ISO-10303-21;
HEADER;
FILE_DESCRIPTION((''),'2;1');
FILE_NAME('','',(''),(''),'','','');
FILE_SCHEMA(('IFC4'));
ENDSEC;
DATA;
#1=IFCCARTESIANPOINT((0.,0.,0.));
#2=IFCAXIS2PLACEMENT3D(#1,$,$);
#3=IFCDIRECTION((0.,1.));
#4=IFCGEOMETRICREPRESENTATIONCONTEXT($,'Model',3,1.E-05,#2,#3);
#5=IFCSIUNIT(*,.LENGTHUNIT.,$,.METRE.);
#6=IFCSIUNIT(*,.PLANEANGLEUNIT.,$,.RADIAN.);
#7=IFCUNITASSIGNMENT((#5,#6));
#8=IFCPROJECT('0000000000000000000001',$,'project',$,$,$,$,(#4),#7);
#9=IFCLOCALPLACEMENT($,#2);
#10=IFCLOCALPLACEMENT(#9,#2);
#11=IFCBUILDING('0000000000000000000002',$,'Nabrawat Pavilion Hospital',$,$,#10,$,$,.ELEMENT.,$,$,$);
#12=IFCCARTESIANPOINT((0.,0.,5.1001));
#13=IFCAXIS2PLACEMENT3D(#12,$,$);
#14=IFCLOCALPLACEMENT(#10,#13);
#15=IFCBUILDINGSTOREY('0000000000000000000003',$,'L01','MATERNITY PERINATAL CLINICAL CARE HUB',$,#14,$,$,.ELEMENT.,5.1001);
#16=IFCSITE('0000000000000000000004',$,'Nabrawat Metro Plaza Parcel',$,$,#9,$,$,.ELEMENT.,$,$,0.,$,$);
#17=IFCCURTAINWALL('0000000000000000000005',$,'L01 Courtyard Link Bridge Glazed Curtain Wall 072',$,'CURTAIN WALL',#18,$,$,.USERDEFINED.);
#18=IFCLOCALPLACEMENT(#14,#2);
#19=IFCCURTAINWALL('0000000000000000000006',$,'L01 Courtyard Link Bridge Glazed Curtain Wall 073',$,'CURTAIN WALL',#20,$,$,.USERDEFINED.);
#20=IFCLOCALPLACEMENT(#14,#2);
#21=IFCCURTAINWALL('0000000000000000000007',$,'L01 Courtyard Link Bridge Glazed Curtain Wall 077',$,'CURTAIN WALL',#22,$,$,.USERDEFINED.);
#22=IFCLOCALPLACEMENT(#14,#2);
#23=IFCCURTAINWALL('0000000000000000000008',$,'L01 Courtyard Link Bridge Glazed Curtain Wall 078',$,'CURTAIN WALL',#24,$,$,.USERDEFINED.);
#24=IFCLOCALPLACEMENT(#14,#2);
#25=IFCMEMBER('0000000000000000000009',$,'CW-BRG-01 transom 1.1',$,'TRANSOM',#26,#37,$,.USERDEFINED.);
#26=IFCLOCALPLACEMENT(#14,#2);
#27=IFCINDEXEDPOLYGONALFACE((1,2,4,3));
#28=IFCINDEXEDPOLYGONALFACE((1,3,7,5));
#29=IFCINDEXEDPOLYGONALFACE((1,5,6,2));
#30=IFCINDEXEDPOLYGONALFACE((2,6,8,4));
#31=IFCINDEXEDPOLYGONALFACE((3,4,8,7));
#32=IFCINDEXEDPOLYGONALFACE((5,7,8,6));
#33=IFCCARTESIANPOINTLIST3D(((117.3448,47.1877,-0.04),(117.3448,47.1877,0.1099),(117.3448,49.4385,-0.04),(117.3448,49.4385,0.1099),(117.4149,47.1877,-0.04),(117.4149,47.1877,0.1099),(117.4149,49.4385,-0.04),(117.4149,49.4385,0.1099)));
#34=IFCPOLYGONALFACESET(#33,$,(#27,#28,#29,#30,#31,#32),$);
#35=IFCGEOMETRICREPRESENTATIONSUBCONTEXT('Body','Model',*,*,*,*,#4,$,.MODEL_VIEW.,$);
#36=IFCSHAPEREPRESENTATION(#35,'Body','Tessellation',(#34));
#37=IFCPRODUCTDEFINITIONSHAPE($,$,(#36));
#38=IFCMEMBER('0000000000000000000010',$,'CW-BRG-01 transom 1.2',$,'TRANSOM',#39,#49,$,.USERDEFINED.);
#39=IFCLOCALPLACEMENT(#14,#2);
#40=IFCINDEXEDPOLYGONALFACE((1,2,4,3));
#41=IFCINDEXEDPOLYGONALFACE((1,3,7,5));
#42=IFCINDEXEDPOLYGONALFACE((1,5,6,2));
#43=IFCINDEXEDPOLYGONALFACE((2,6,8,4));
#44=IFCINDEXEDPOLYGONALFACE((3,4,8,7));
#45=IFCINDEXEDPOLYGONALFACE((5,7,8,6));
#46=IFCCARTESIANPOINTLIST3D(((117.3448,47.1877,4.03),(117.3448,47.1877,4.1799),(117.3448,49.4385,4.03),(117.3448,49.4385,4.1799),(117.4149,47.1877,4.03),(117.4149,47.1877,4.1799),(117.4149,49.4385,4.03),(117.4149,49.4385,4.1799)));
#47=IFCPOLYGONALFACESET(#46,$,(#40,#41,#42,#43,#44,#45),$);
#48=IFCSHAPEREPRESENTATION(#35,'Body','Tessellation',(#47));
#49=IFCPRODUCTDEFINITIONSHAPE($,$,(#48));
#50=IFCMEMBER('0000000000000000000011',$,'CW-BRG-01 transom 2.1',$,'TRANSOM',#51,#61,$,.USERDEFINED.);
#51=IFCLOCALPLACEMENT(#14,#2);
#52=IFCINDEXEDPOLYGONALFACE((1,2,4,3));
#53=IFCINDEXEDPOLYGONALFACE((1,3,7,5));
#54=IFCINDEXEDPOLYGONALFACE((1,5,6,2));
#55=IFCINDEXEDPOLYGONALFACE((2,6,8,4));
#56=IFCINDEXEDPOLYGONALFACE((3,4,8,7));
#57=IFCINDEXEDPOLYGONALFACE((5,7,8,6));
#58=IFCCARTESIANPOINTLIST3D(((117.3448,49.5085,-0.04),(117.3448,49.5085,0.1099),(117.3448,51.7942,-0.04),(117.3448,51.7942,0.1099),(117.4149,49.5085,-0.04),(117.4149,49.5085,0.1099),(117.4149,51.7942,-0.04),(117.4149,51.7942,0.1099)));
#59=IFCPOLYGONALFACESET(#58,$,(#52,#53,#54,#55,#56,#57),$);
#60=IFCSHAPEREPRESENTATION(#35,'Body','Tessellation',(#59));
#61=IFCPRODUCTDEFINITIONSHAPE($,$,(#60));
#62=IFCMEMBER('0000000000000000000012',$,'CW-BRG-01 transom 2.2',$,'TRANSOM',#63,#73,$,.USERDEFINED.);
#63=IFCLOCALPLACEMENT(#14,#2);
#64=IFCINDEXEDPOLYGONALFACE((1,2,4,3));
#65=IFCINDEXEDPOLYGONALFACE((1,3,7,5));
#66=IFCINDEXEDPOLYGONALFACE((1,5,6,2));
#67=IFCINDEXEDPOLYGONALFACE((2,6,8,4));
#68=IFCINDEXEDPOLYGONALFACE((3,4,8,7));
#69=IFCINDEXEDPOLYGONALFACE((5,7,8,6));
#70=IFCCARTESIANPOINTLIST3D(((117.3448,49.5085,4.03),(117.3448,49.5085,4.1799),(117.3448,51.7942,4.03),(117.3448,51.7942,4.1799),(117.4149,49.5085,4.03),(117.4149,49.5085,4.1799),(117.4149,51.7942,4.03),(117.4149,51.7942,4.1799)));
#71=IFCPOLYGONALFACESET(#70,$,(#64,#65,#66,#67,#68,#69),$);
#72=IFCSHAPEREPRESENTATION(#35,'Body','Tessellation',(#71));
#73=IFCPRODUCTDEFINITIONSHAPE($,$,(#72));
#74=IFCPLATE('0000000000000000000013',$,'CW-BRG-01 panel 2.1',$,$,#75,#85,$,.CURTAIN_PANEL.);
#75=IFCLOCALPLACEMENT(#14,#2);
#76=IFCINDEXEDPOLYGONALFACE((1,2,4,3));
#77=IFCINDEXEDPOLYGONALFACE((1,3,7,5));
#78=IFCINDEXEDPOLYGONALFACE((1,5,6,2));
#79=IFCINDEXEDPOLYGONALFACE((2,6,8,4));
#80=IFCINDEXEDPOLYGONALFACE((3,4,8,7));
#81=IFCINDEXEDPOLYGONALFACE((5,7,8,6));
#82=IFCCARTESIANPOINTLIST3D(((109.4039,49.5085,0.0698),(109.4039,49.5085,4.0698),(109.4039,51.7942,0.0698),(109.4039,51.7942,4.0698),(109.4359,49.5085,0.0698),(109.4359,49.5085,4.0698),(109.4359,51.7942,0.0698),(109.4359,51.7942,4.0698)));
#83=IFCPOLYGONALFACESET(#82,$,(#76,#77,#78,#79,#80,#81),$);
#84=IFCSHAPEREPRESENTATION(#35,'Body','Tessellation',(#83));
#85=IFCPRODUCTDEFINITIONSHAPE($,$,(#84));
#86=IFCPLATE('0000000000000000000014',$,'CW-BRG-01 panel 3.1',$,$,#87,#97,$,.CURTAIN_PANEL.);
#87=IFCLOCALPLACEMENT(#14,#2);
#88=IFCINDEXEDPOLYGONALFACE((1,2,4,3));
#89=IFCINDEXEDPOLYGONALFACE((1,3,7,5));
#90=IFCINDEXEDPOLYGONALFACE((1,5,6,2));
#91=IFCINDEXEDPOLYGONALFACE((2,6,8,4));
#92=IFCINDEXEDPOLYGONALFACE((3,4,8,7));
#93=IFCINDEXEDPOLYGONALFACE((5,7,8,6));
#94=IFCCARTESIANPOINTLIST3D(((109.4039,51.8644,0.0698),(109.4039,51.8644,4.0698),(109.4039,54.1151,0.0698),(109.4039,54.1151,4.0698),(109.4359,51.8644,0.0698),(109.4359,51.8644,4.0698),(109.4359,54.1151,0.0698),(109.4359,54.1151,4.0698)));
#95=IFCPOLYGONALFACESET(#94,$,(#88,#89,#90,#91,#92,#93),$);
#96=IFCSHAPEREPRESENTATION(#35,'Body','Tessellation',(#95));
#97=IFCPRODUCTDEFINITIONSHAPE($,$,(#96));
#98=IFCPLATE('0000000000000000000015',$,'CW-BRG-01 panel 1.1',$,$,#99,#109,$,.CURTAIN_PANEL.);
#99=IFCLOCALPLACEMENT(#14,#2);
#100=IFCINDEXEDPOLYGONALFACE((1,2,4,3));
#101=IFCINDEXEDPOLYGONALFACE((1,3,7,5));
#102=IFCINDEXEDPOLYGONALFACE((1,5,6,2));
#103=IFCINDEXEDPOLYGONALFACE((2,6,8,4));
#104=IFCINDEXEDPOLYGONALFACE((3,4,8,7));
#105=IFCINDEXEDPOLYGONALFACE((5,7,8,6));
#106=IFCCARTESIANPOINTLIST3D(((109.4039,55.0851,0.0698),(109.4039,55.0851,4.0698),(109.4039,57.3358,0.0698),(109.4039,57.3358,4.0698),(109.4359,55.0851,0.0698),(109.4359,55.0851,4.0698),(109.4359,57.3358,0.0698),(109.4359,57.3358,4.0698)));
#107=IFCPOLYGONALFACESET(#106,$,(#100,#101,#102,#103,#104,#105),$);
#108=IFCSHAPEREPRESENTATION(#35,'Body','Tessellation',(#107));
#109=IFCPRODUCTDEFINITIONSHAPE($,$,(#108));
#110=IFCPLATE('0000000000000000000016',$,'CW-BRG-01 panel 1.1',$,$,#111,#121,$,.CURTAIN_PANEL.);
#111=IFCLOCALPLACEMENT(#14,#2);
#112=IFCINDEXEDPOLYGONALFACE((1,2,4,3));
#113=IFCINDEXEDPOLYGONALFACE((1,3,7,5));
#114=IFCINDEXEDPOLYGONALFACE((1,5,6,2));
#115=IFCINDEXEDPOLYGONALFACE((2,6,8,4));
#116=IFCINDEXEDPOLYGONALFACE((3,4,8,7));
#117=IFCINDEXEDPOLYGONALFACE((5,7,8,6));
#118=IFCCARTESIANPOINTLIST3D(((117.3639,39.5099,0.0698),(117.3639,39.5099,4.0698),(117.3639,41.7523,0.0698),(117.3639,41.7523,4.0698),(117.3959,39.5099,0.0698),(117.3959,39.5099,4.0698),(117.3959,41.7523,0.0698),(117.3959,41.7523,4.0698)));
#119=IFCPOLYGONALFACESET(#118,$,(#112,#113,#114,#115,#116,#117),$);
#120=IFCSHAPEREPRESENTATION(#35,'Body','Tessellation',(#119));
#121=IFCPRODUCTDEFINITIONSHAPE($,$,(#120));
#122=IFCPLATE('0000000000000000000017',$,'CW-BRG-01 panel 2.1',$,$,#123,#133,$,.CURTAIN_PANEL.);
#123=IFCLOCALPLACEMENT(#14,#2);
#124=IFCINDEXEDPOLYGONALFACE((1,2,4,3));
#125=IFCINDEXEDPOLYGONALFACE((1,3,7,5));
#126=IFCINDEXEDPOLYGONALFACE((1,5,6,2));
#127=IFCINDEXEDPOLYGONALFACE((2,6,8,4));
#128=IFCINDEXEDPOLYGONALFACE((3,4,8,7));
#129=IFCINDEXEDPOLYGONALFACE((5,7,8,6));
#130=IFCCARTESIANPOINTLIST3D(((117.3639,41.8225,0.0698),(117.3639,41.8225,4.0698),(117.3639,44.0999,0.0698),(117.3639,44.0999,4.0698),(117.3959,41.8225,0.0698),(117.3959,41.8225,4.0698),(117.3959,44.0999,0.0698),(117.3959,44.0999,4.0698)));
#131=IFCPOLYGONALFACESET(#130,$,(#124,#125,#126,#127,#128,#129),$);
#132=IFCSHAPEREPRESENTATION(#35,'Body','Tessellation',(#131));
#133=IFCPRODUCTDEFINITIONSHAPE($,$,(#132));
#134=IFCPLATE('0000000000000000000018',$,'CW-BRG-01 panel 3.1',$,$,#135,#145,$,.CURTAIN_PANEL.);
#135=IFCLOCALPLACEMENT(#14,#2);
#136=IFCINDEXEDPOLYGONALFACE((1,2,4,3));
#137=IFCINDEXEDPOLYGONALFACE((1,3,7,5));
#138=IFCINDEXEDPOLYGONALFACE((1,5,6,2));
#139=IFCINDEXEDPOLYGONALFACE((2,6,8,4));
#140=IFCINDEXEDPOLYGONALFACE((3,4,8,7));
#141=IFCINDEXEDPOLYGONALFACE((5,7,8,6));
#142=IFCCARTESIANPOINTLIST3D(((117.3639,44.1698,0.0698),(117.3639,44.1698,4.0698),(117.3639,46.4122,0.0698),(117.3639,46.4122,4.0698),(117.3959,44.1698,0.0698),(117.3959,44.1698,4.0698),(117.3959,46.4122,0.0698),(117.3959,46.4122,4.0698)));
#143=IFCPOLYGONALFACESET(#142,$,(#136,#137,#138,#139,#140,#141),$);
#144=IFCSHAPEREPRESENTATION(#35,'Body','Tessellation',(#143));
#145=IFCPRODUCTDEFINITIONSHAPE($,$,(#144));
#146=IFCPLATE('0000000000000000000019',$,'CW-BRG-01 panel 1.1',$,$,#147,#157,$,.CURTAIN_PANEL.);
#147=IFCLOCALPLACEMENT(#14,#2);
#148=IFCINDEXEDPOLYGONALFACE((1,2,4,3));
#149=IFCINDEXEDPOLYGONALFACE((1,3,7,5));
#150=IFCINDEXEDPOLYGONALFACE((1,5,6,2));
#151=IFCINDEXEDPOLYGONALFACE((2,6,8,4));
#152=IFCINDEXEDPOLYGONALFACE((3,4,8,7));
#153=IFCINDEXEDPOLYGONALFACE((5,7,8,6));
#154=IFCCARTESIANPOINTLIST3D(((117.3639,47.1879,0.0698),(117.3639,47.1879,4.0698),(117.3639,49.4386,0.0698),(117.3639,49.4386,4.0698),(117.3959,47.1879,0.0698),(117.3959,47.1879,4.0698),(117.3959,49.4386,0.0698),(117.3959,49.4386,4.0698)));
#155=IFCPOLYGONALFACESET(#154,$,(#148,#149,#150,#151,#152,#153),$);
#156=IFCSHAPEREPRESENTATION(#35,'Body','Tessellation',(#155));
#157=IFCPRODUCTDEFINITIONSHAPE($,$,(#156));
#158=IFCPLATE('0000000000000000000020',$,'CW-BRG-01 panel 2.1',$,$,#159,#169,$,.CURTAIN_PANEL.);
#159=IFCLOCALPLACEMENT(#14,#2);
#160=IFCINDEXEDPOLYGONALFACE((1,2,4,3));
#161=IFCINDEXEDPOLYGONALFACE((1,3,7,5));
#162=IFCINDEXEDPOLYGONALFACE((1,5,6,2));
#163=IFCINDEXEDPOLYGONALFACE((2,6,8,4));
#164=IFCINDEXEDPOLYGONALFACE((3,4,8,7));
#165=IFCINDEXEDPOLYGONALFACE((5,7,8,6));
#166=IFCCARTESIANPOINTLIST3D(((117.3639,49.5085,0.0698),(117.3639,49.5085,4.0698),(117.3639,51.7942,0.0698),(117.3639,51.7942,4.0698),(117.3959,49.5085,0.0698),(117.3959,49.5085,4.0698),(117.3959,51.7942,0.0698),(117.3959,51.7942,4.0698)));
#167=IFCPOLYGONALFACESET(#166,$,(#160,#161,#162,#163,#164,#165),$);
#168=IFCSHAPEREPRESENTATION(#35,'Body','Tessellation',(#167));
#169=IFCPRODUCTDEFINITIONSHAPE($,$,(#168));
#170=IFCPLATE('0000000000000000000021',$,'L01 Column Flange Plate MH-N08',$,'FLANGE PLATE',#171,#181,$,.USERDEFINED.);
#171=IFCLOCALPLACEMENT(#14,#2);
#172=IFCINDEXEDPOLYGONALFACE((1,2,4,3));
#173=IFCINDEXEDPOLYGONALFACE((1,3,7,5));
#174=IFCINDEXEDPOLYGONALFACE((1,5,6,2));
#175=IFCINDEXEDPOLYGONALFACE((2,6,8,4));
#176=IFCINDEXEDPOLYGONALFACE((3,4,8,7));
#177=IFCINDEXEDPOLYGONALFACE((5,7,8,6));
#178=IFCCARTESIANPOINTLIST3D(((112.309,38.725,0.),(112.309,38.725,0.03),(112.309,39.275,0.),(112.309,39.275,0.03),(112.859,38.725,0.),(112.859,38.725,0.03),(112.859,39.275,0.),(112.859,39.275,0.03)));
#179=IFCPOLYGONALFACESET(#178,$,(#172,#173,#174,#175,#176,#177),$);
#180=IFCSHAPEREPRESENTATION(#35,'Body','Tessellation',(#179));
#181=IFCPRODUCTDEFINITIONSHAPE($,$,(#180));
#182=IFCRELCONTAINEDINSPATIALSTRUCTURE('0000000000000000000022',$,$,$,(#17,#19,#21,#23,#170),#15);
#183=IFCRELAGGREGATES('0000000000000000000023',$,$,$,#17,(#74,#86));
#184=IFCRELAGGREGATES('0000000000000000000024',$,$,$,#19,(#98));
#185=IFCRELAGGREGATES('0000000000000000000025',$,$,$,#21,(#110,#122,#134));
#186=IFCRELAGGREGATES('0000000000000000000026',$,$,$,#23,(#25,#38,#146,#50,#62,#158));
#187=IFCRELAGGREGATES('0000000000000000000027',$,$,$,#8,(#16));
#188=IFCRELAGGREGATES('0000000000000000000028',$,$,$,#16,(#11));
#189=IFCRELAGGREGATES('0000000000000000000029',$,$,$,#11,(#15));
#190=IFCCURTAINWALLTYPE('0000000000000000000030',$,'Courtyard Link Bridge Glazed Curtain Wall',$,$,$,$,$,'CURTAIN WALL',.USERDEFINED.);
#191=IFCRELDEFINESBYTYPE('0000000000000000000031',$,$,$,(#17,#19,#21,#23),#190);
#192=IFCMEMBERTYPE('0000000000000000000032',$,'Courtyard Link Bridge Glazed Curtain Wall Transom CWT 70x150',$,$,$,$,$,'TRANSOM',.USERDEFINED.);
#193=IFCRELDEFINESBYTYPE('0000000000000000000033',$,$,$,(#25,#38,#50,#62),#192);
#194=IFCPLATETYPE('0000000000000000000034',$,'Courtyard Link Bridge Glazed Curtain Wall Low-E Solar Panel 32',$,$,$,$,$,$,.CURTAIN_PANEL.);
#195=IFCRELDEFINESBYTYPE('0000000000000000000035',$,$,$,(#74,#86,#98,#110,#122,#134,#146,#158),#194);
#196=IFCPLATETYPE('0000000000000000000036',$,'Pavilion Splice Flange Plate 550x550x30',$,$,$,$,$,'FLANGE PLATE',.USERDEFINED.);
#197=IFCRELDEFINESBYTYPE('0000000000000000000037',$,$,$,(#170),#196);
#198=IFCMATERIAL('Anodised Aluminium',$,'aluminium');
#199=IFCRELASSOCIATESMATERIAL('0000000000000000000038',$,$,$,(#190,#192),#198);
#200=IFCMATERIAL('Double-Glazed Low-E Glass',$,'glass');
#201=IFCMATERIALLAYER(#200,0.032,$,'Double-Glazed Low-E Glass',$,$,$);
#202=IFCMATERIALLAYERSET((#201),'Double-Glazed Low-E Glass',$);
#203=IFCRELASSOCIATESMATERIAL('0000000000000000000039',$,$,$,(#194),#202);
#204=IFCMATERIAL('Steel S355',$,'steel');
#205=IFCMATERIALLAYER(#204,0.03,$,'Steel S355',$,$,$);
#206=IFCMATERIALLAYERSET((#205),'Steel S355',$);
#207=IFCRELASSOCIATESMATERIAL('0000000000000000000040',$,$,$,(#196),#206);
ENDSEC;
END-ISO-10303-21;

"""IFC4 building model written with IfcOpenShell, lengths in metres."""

from ifc_helpers import new_model, si_unit, direction, frame, origin, origin_2d, place, context, subcontext, project, spatial, rectangle, extrude, material, layer, layer_set, material_profile, profile_set, type_object, element, aggregate, save


model = new_model("IFC4")

# Units and contexts
model_context = context("Model", 3, precision=1e-05, world=origin(), true_north=direction((0.0, 1.0)))
body_context = subcontext(model_context, "Body", "Model", "MODEL_VIEW")
ifc_project = project(units=[si_unit("LENGTHUNIT", "METRE"), si_unit("PLANEANGLEUNIT", "RADIAN")], contexts=[model_context])

# Site, building, storey
site_placement = place(None, origin())
site = spatial("IfcSite", under=ifc_project, at=site_placement, Name="Nabrawat Metro Plaza Parcel", CompositionType="ELEMENT", RefElevation=0.0)
building_placement = place(site_placement, origin())
building = spatial("IfcBuilding", under=site, at=building_placement, Name="Nabrawat Pavilion Hospital", CompositionType="ELEMENT")
storey_placement = place(building_placement, frame((0.0, 0.0, 5.1001)))
storey = spatial("IfcBuildingStorey", under=building, at=storey_placement, Name="L01", Description="MATERNITY PERINATAL CLINICAL CARE HUB", CompositionType="ELEMENT", Elevation=5.1001)

# Shared definitions
ifc_material_1 = material(Name="Steel S355", Category="steel")

# Curtain wall
ifc_material_2 = material(Name="Anodised Aluminium", Category="aluminium")
curtain_wall_type = type_object("IfcCurtainWallType", Name="Courtyard Link Bridge Glazed Curtain Wall", ElementType="CURTAIN WALL", PredefinedType="USERDEFINED", material=ifc_material_2)
curtain_wall_1_placement = place(storey_placement, origin())
curtain_wall_1 = element("IfcCurtainWall", 1, at=curtain_wall_1_placement, inside=storey, type_object=curtain_wall_type, Name="L01 Courtyard Link Bridge Glazed Curtain Wall 072", ObjectType="CURTAIN WALL", PredefinedType="USERDEFINED")

# Curtain wall
curtain_wall_2_placement = place(storey_placement, origin())
curtain_wall_2 = element("IfcCurtainWall", 2, at=curtain_wall_2_placement, inside=storey, type_object=curtain_wall_type, Name="L01 Courtyard Link Bridge Glazed Curtain Wall 073", ObjectType="CURTAIN WALL", PredefinedType="USERDEFINED")

# Curtain walls
curtain_wall_3_placement = place(storey_placement, origin())
curtain_wall_3 = element("IfcCurtainWall", 3, at=curtain_wall_3_placement, inside=storey, type_object=curtain_wall_type, Name="L01 Courtyard Link Bridge Glazed Curtain Wall 077", ObjectType="CURTAIN WALL", PredefinedType="USERDEFINED")
curtain_wall_4_placement = place(storey_placement, origin())
curtain_wall_4 = element("IfcCurtainWall", 4, at=curtain_wall_4_placement, inside=storey, type_object=curtain_wall_type, Name="L01 Courtyard Link Bridge Glazed Curtain Wall 078", ObjectType="CURTAIN WALL", PredefinedType="USERDEFINED")

# Members
ifc_material_profile_1 = material_profile(ifc_material_2, rectangle(XDim=0.0701, YDim=0.1499, at=origin_2d()), Name="CWT 70x150")
ifc_profile_set_1 = profile_set([ifc_material_profile_1], Name="Anodised Aluminium")
member_type_1 = type_object("IfcMemberType", Name="Courtyard Link Bridge Glazed Curtain Wall Transom CWT 70x150", ElementType="TRANSOM", PredefinedType="USERDEFINED", material=ifc_profile_set_1)
member_1_placement = place(storey_placement, frame((117.3799, 47.1877, 0.0349), z_axis=(0.0, 1.0, 0.0), x_axis=(-1.0, 0.0, 0.0)))
member_1 = element("IfcMember", 5, at=member_1_placement, type_object=member_type_1, Name="CW-BRG-01 transom 1.1", ObjectType="TRANSOM", PredefinedType="USERDEFINED", context=body_context, shape_type="SweptSolid", body=[
    extrude(rectangle(XDim=0.0701, YDim=0.1499, at=origin_2d()), origin(), (0.0, 0.0, 1.0), 2.2507),
])
member_2_placement = place(storey_placement, frame((117.3799, 47.1877, 4.105), z_axis=(0.0, 1.0, 0.0), x_axis=(-1.0, 0.0, 0.0)))
member_2 = element("IfcMember", 6, at=member_2_placement, type_object=member_type_1, Name="CW-BRG-01 transom 1.2", ObjectType="TRANSOM", PredefinedType="USERDEFINED", context=body_context, shape_type="SweptSolid", body=[
    extrude(rectangle(XDim=0.0701, YDim=0.1499, at=origin_2d()), origin(), (0.0, 0.0, 1.0), 2.2507),
])
member_3_placement = place(storey_placement, frame((117.3799, 49.5085, 0.0349), z_axis=(0.0, 1.0, 0.0), x_axis=(-1.0, 0.0, 0.0)))
member_3 = element("IfcMember", 7, at=member_3_placement, type_object=member_type_1, Name="CW-BRG-01 transom 2.1", ObjectType="TRANSOM", PredefinedType="USERDEFINED", context=body_context, shape_type="SweptSolid", body=[
    extrude(rectangle(XDim=0.0701, YDim=0.1499, at=origin_2d()), origin(), (0.0, 0.0, 1.0), 2.2856),
])
member_4_placement = place(storey_placement, frame((117.3799, 49.5085, 4.105), z_axis=(0.0, 1.0, 0.0), x_axis=(-1.0, 0.0, 0.0)))
member_4 = element("IfcMember", 8, at=member_4_placement, type_object=member_type_1, Name="CW-BRG-01 transom 2.2", ObjectType="TRANSOM", PredefinedType="USERDEFINED", context=body_context, shape_type="SweptSolid", body=[
    extrude(rectangle(XDim=0.0701, YDim=0.1499, at=origin_2d()), origin(), (0.0, 0.0, 1.0), 2.2856),
])

# Plates
ifc_material_3 = material(Name="Double-Glazed Low-E Glass", Category="glass")
ifc_layer_1 = layer(ifc_material_3, 0.032, Name="Double-Glazed Low-E Glass")
ifc_layer_set_1 = layer_set([ifc_layer_1], Name="Double-Glazed Low-E Glass")
plate_type_1 = type_object("IfcPlateType", Name="Courtyard Link Bridge Glazed Curtain Wall Low-E Solar Panel 32", PredefinedType="CURTAIN_PANEL", material=ifc_layer_set_1)
plate_1_placement = place(storey_placement, frame((109.4199, 50.6514, 0.0698), z_axis=(0.0, 0.0, 1.0), x_axis=(0.0, 1.0, 0.0)))
plate_1 = element("IfcPlate", 9, at=plate_1_placement, type_object=plate_type_1, Name="CW-BRG-01 panel 2.1", PredefinedType="CURTAIN_PANEL", context=body_context, shape_type="SweptSolid", body=[
    extrude(rectangle(XDim=2.2856, YDim=0.032, at=origin_2d()), origin(), (0.0, 0.0, 1.0), 4.0),
])
plate_2_placement = place(storey_placement, frame((109.4199, 52.9897, 0.0698), z_axis=(0.0, 0.0, 1.0), x_axis=(0.0, 1.0, 0.0)))
plate_2 = element("IfcPlate", 10, at=plate_2_placement, type_object=plate_type_1, Name="CW-BRG-01 panel 3.1", PredefinedType="CURTAIN_PANEL", context=body_context, shape_type="SweptSolid", body=[
    extrude(rectangle(XDim=2.2507, YDim=0.032, at=origin_2d()), origin(), (0.0, 0.0, 1.0), 4.0),
])
aggregate(curtain_wall_1, [plate_1, plate_2])
plate_3_placement = place(storey_placement, frame((109.4199, 56.2104, 0.0698), z_axis=(0.0, 0.0, 1.0), x_axis=(0.0, 1.0, 0.0)))
plate_3 = element("IfcPlate", 11, at=plate_3_placement, type_object=plate_type_1, Name="CW-BRG-01 panel 1.1", PredefinedType="CURTAIN_PANEL", context=body_context, shape_type="SweptSolid", body=[
    extrude(rectangle(XDim=2.2507, YDim=0.032, at=origin_2d()), origin(), (0.0, 0.0, 1.0), 4.0),
])
aggregate(curtain_wall_2, [plate_3])
plate_4_placement = place(storey_placement, frame((117.3799, 40.6311, 0.0698), z_axis=(0.0, 0.0, 1.0), x_axis=(0.0, 1.0, 0.0)))
plate_4 = element("IfcPlate", 12, at=plate_4_placement, type_object=plate_type_1, Name="CW-BRG-01 panel 1.1", PredefinedType="CURTAIN_PANEL", context=body_context, shape_type="SweptSolid", body=[
    extrude(rectangle(XDim=2.2424, YDim=0.032, at=origin_2d()), origin(), (0.0, 0.0, 1.0), 4.0),
])
plate_5_placement = place(storey_placement, frame((117.3799, 42.9612, 0.0698), z_axis=(0.0, 0.0, 1.0), x_axis=(0.0, 1.0, 0.0)))
plate_5 = element("IfcPlate", 13, at=plate_5_placement, type_object=plate_type_1, Name="CW-BRG-01 panel 2.1", PredefinedType="CURTAIN_PANEL", context=body_context, shape_type="SweptSolid", body=[
    extrude(rectangle(XDim=2.2773, YDim=0.032, at=origin_2d()), origin(), (0.0, 0.0, 1.0), 4.0),
])
plate_6_placement = place(storey_placement, frame((117.3799, 45.291, 0.0698), z_axis=(0.0, 0.0, 1.0), x_axis=(0.0, 1.0, 0.0)))
plate_6 = element("IfcPlate", 14, at=plate_6_placement, type_object=plate_type_1, Name="CW-BRG-01 panel 3.1", PredefinedType="CURTAIN_PANEL", context=body_context, shape_type="SweptSolid", body=[
    extrude(rectangle(XDim=2.2424, YDim=0.032, at=origin_2d()), origin(), (0.0, 0.0, 1.0), 4.0),
])
aggregate(curtain_wall_3, [plate_4, plate_5, plate_6])
plate_7_placement = place(storey_placement, frame((117.3799, 48.3132, 0.0698), z_axis=(0.0, 0.0, 1.0), x_axis=(0.0, 1.0, 0.0)))
plate_7 = element("IfcPlate", 15, at=plate_7_placement, type_object=plate_type_1, Name="CW-BRG-01 panel 1.1", PredefinedType="CURTAIN_PANEL", context=body_context, shape_type="SweptSolid", body=[
    extrude(rectangle(XDim=2.2507, YDim=0.032, at=origin_2d()), origin(), (0.0, 0.0, 1.0), 4.0),
])
plate_8_placement = place(storey_placement, frame((117.3799, 50.6514, 0.0698), z_axis=(0.0, 0.0, 1.0), x_axis=(0.0, 1.0, 0.0)))
plate_8 = element("IfcPlate", 16, at=plate_8_placement, type_object=plate_type_1, Name="CW-BRG-01 panel 2.1", PredefinedType="CURTAIN_PANEL", context=body_context, shape_type="SweptSolid", body=[
    extrude(rectangle(XDim=2.2856, YDim=0.032, at=origin_2d()), origin(), (0.0, 0.0, 1.0), 4.0),
])
aggregate(curtain_wall_4, [member_1, member_2, plate_7, member_3, member_4, plate_8])
ifc_layer_2 = layer(ifc_material_1, 0.03, Name="Steel S355")
ifc_layer_set_2 = layer_set([ifc_layer_2], Name="Steel S355")
plate_type_2 = type_object("IfcPlateType", Name="Pavilion Splice Flange Plate 550x550x30", ElementType="FLANGE PLATE", PredefinedType="USERDEFINED", material=ifc_layer_set_2)
plate_9_placement = place(storey_placement, frame((112.584, 39.0, 0.0), z_axis=(0.0, 0.0, 1.0), x_axis=(1.0, 0.0, 0.0)))
element("IfcPlate", 17, at=plate_9_placement, inside=storey, type_object=plate_type_2, Name="L01 Column Flange Plate MH-N08", ObjectType="FLANGE PLATE", PredefinedType="USERDEFINED", context=body_context, shape_type="SweptSolid", body=[
    extrude(rectangle(XDim=0.55, YDim=0.55, at=origin_2d()), origin(), (0.0, 0.0, 1.0), 0.03),
])

save(model, "model.ifc")
